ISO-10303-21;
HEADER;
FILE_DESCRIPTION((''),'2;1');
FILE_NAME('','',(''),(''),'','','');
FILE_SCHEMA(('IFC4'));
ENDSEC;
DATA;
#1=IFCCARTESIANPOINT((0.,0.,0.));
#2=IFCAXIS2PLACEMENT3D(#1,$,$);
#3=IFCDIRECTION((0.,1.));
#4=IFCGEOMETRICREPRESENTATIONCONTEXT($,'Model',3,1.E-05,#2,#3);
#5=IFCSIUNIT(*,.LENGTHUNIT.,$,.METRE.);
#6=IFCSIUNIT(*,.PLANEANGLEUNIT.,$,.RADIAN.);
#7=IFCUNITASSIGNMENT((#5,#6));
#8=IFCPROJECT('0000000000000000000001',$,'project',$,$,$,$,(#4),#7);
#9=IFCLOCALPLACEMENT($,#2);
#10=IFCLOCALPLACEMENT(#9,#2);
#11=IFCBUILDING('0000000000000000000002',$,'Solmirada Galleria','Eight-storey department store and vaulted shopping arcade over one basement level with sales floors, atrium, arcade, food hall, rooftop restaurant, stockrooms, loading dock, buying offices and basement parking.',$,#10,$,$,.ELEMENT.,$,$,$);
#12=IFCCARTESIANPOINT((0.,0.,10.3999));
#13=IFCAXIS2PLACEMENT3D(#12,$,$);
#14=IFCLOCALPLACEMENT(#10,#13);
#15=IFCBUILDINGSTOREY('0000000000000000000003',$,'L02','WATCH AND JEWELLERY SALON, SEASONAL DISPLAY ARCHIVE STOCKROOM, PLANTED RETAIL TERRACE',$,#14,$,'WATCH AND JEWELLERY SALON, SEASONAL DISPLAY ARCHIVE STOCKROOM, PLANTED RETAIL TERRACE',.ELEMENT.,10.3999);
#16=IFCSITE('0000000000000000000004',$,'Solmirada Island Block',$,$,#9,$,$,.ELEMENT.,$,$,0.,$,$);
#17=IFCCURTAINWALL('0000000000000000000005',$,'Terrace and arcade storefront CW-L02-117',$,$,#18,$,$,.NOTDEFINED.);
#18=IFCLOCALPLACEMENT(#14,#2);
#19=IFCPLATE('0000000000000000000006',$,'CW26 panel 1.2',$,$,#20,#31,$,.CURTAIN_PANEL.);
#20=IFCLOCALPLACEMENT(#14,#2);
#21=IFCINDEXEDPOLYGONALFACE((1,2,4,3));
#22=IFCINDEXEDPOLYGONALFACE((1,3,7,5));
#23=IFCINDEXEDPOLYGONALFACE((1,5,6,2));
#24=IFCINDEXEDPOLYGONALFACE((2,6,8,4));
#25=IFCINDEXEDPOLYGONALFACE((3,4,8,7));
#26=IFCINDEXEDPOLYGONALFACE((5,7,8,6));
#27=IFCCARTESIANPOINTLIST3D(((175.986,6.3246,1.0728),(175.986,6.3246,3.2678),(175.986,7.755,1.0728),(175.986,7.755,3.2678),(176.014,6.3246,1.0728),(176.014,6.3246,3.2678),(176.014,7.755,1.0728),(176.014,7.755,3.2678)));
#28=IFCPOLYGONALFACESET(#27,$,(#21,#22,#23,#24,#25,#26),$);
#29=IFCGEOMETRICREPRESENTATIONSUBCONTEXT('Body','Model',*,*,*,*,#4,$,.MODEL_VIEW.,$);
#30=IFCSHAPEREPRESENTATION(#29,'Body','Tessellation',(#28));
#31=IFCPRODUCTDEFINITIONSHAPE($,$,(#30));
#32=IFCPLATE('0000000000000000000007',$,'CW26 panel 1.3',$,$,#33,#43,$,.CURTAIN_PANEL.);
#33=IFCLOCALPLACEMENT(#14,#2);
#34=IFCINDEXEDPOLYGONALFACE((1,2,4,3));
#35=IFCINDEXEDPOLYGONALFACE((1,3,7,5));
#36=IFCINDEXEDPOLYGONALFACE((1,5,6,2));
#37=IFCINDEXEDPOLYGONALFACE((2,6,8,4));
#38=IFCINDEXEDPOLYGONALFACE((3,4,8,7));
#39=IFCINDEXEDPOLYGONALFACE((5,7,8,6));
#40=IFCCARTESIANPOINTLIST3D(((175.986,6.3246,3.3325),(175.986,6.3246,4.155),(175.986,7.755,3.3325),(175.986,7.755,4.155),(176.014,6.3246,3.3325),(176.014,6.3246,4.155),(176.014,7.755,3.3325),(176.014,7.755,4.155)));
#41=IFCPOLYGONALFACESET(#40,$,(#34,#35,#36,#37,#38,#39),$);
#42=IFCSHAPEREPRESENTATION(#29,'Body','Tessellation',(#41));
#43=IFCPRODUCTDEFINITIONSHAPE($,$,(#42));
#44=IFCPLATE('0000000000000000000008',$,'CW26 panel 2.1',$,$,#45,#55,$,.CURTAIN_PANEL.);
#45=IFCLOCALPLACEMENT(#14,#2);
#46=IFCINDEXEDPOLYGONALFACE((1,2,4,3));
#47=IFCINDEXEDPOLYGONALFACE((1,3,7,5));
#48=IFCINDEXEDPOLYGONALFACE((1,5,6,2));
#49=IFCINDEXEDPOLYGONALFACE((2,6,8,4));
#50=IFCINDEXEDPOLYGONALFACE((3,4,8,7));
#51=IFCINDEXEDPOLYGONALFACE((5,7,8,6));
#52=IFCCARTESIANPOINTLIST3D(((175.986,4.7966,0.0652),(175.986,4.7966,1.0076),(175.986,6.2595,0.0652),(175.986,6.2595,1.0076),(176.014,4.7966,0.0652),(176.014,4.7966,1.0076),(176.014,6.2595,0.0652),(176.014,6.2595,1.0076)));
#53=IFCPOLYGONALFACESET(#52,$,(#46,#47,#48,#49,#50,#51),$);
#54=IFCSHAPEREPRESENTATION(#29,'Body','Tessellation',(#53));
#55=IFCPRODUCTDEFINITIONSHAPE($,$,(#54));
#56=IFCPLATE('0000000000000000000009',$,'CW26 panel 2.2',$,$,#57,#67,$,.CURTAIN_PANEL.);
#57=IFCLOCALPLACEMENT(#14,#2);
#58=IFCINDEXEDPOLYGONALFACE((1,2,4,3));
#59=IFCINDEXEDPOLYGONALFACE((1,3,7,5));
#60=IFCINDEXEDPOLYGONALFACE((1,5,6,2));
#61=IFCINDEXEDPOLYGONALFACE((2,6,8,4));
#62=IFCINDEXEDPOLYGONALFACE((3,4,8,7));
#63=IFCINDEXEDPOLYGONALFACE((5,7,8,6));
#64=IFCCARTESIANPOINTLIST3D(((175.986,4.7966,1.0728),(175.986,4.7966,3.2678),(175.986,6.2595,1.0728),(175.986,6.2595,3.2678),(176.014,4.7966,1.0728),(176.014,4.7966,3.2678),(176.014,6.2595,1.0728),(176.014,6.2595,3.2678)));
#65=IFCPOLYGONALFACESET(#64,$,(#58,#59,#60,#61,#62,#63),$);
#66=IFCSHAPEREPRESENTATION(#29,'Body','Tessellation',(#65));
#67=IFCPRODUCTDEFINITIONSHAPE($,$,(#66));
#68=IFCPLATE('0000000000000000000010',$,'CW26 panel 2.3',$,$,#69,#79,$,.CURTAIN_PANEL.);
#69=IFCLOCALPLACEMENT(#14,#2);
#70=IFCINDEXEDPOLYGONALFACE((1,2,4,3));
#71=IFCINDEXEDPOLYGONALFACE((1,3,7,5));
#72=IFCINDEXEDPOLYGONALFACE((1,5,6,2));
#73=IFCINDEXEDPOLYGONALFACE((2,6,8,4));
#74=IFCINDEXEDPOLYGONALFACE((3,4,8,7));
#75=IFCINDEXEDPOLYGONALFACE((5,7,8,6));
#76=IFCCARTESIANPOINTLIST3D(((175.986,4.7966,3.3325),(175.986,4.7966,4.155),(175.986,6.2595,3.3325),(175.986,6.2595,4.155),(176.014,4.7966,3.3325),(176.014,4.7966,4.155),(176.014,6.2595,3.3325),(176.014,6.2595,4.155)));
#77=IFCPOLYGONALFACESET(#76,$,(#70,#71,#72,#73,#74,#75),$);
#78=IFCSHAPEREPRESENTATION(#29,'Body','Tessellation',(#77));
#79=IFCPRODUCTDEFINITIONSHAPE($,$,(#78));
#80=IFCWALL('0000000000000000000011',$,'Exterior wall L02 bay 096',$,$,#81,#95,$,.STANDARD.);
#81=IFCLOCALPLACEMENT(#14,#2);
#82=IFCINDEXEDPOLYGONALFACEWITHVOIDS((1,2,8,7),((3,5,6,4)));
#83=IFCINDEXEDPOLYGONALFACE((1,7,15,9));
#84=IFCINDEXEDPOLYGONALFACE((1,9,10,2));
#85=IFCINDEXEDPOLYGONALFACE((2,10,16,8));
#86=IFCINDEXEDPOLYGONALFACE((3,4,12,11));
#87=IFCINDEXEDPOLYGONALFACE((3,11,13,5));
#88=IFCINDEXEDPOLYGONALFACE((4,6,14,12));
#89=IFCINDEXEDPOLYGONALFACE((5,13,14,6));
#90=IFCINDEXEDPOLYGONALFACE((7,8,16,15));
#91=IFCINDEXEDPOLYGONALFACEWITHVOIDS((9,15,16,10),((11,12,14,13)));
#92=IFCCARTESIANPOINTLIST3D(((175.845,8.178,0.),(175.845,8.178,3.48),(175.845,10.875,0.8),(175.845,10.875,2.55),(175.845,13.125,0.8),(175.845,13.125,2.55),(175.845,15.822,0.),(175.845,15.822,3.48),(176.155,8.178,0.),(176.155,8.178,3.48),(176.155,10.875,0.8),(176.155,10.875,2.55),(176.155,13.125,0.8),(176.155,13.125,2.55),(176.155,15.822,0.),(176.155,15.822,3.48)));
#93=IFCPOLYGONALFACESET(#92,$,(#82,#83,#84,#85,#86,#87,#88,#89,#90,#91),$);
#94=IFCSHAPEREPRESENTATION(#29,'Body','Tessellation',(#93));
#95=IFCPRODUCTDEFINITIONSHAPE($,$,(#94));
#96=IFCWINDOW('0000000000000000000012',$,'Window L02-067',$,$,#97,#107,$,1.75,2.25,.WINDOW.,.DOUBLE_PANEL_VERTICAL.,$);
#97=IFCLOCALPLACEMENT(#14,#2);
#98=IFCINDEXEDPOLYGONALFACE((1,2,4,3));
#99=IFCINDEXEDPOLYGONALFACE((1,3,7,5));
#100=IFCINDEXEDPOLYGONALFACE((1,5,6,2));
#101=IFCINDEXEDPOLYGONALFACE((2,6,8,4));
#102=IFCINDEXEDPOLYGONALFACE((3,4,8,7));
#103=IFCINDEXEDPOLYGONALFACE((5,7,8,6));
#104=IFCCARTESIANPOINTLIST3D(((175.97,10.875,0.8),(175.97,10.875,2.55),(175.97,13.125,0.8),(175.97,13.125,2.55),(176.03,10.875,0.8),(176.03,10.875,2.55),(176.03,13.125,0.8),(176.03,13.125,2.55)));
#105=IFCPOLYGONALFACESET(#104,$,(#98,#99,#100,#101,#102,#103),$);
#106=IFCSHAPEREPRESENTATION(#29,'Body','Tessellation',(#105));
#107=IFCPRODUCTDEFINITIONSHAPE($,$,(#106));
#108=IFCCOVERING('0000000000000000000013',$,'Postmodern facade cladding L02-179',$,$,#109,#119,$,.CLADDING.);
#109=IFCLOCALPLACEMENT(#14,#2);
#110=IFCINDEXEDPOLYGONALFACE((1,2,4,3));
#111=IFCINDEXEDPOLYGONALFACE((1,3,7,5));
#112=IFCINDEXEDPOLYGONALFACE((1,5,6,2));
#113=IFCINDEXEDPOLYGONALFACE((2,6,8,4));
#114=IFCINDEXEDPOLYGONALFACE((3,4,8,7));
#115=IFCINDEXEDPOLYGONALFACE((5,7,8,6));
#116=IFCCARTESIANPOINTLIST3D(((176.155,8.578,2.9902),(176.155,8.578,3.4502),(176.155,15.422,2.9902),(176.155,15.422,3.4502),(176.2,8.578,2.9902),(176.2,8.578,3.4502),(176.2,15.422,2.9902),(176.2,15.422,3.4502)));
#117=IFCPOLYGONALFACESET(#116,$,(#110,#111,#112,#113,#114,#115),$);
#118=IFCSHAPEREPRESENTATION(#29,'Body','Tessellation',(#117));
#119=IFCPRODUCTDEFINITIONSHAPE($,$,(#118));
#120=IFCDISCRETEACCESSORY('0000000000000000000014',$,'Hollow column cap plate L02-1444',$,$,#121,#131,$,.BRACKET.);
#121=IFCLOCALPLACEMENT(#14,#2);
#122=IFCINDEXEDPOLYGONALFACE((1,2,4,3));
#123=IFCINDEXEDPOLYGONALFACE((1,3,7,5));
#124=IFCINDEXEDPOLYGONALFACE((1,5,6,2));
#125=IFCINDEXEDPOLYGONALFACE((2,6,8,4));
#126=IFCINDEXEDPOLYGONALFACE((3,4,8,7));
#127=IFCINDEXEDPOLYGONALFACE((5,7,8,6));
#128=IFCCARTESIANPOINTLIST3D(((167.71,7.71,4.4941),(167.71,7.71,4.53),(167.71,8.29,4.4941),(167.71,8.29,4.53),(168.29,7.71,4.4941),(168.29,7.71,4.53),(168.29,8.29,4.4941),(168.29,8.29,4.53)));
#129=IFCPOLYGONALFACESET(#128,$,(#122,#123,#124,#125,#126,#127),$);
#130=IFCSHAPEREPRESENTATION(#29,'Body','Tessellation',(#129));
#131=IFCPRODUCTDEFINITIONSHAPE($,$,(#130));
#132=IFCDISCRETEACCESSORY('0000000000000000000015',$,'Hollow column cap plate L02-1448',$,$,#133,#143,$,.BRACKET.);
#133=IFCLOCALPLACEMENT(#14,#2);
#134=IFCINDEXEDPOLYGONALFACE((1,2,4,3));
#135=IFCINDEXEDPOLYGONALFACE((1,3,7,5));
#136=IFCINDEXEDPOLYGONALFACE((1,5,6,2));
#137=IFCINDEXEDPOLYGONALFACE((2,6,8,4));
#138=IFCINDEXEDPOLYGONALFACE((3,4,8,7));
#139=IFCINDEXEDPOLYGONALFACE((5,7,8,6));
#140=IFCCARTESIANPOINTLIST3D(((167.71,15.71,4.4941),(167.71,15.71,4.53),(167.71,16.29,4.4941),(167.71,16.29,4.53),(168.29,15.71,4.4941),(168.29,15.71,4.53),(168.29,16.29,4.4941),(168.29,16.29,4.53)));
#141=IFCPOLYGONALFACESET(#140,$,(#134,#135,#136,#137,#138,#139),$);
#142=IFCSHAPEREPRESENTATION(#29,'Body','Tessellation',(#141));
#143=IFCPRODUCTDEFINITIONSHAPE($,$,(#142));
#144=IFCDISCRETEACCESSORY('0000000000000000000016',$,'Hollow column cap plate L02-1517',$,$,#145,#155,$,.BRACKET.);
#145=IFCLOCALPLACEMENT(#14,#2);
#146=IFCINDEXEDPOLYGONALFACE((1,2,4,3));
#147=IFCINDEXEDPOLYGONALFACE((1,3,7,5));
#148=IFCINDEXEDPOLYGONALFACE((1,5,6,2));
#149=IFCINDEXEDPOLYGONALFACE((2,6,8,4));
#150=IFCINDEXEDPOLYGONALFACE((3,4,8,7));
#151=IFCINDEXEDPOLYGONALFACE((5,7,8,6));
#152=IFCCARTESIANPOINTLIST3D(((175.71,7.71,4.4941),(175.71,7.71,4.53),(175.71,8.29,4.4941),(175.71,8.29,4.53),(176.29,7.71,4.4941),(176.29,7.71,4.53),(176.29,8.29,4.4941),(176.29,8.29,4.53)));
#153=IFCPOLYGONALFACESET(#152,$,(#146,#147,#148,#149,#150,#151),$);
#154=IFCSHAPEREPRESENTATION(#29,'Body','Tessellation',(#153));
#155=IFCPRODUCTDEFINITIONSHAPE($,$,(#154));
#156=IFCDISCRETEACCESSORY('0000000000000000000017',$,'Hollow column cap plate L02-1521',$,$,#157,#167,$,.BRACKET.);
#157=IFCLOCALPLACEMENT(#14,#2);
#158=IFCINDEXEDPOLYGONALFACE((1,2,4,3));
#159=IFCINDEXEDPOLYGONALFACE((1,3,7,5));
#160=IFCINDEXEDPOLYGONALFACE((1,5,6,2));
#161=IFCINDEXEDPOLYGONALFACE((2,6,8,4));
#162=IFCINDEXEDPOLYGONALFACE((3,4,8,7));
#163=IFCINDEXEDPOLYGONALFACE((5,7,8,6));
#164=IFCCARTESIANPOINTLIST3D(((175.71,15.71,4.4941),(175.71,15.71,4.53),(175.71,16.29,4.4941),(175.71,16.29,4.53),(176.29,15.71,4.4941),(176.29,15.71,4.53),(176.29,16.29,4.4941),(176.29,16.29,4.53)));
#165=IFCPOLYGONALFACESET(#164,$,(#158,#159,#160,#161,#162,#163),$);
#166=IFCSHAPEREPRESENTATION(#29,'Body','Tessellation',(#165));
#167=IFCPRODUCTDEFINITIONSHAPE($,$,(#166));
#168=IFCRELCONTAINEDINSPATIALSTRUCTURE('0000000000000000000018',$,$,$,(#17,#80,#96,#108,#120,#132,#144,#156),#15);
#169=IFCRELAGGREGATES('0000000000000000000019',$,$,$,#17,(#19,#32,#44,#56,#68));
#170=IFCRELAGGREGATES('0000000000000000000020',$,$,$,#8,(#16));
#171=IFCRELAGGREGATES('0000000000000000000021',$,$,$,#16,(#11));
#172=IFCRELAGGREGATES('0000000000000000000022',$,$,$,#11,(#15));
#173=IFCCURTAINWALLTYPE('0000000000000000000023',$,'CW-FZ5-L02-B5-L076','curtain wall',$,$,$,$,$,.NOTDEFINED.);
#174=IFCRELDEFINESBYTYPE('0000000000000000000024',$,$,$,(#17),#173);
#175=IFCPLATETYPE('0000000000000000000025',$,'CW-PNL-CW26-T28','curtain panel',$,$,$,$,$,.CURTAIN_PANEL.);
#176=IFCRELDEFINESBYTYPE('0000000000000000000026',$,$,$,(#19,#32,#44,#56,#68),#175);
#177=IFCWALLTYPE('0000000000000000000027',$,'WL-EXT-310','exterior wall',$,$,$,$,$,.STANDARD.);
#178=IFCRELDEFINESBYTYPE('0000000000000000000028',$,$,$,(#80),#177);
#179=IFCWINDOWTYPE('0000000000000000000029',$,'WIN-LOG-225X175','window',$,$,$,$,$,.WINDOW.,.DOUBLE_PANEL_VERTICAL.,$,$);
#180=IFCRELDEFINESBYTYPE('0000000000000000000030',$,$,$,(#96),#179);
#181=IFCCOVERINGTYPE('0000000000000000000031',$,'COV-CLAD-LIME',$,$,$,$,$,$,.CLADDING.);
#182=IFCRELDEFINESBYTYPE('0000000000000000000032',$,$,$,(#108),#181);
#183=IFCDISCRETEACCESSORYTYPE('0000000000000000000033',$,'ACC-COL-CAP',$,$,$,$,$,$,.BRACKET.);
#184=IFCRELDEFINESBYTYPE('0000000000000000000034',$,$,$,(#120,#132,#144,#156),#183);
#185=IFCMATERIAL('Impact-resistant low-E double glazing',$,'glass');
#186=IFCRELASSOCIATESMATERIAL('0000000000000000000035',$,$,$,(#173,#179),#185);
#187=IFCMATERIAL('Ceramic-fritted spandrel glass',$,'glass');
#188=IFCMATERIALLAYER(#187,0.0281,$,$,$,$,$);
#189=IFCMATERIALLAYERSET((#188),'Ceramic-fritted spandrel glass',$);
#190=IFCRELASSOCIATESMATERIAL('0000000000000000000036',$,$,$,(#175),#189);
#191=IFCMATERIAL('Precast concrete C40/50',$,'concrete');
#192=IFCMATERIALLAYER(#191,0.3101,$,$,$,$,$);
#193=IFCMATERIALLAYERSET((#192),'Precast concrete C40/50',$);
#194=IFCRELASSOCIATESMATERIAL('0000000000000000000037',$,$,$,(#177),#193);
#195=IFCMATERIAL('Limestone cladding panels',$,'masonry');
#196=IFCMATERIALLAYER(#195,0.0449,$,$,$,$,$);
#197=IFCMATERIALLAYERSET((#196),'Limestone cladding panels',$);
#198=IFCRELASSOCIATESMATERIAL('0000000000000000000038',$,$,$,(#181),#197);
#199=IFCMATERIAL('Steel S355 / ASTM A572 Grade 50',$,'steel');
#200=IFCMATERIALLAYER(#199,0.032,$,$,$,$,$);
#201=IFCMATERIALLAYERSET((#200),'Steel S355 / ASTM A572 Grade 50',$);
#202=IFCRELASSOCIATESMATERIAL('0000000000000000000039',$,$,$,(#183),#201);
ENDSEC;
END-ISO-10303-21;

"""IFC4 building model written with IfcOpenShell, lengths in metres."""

from ifc_helpers import new_model, si_unit, direction, frame, frame_2d, origin, origin_2d, place, context, subcontext, project, spatial, rectangle, extrude, material, layer, layer_set, type_object, element, fill, aggregate, save


model = new_model("IFC4")

# Units and contexts
model_context = context("Model", 3, precision=1e-05, world=origin(), true_north=direction((0.0, 1.0)))
body_context = subcontext(model_context, "Body", "Model", "MODEL_VIEW")
ifc_project = project(units=[si_unit("LENGTHUNIT", "METRE"), si_unit("PLANEANGLEUNIT", "RADIAN")], contexts=[model_context])

# Site, building, storey
site_placement = place(None, origin())
site = spatial("IfcSite", under=ifc_project, at=site_placement, Name="Solmirada Island Block", CompositionType="ELEMENT", RefElevation=0.0)
building_placement = place(site_placement, origin())
building = spatial("IfcBuilding", under=site, at=building_placement, Name="Solmirada Galleria", Description="Eight-storey department store and vaulted shopping arcade over one basement level with sales floors, atrium, arcade, food hall, rooftop restaurant, stockrooms, loading dock, buying offices and basement parking.", CompositionType="ELEMENT")
storey_placement = place(building_placement, frame((0.0, 0.0, 10.3999)))
storey = spatial("IfcBuildingStorey", under=building, at=storey_placement, Name="L02", Description="WATCH AND JEWELLERY SALON, SEASONAL DISPLAY ARCHIVE STOCKROOM, PLANTED RETAIL TERRACE", LongName="WATCH AND JEWELLERY SALON, SEASONAL DISPLAY ARCHIVE STOCKROOM, PLANTED RETAIL TERRACE", CompositionType="ELEMENT", Elevation=10.3999)

# Shared definitions
ifc_material_1 = material(Name="Impact-resistant low-E double glazing", Category="glass")
curtain_wall_type = type_object("IfcCurtainWallType", Name="CW-FZ5-L02-B5-L076", Description="curtain wall", PredefinedType="NOTDEFINED", material=ifc_material_1)

# Curtain wall
curtain_wall_1_placement = place(storey_placement, origin())
curtain_wall_1 = element("IfcCurtainWall", 1, at=curtain_wall_1_placement, inside=storey, type_object=curtain_wall_type, Name="Terrace and arcade storefront CW-L02-117", PredefinedType="NOTDEFINED")

# Plates
ifc_material_2 = material(Name="Ceramic-fritted spandrel glass", Category="glass")
ifc_layer_1 = layer(ifc_material_2, 0.0281)
ifc_layer_set_1 = layer_set([ifc_layer_1], Name="Ceramic-fritted spandrel glass")
plate_type = type_object("IfcPlateType", Name="CW-PNL-CW26-T28", Description="curtain panel", PredefinedType="CURTAIN_PANEL", material=ifc_layer_set_1)
plate_1_placement = place(storey_placement, frame((176.0, 7.0398, 1.0728), z_axis=(0.0, 0.0, 1.0), x_axis=(0.0, -1.0, 0.0)))
plate_1 = element("IfcPlate", 2, at=plate_1_placement, type_object=plate_type, Name="CW26 panel 1.2", PredefinedType="CURTAIN_PANEL", context=body_context, shape_type="SweptSolid", body=[
    extrude(rectangle(XDim=1.4304, YDim=0.0281, at=origin_2d()), origin(), (0.0, 0.0, 1.0), 2.1951),
])
plate_2_placement = place(storey_placement, frame((176.0, 7.0398, 3.3325), z_axis=(0.0, 0.0, 1.0), x_axis=(0.0, -1.0, 0.0)))
plate_2 = element("IfcPlate", 3, at=plate_2_placement, type_object=plate_type, Name="CW26 panel 1.3", PredefinedType="CURTAIN_PANEL", context=body_context, shape_type="SweptSolid", body=[
    extrude(rectangle(XDim=1.4304, YDim=0.0281, at=origin_2d()), origin(), (0.0, 0.0, 1.0), 0.8225),
])
plate_3_placement = place(storey_placement, frame((176.0, 5.5281, 0.0652), z_axis=(0.0, 0.0, 1.0), x_axis=(0.0, -1.0, 0.0)))
plate_3 = element("IfcPlate", 4, at=plate_3_placement, type_object=plate_type, Name="CW26 panel 2.1", PredefinedType="CURTAIN_PANEL", context=body_context, shape_type="SweptSolid", body=[
    extrude(rectangle(XDim=1.4629, YDim=0.0281, at=origin_2d()), origin(), (0.0, 0.0, 1.0), 0.9424),
])
plate_4_placement = place(storey_placement, frame((176.0, 5.5281, 1.0728), z_axis=(0.0, 0.0, 1.0), x_axis=(0.0, -1.0, 0.0)))
plate_4 = element("IfcPlate", 5, at=plate_4_placement, type_object=plate_type, Name="CW26 panel 2.2", PredefinedType="CURTAIN_PANEL", context=body_context, shape_type="SweptSolid", body=[
    extrude(rectangle(XDim=1.4629, YDim=0.0281, at=origin_2d()), origin(), (0.0, 0.0, 1.0), 2.1951),
])
plate_5_placement = place(storey_placement, frame((176.0, 5.5281, 3.3325), z_axis=(0.0, 0.0, 1.0), x_axis=(0.0, -1.0, 0.0)))
plate_5 = element("IfcPlate", 6, at=plate_5_placement, type_object=plate_type, Name="CW26 panel 2.3", PredefinedType="CURTAIN_PANEL", context=body_context, shape_type="SweptSolid", body=[
    extrude(rectangle(XDim=1.4629, YDim=0.0281, at=origin_2d()), origin(), (0.0, 0.0, 1.0), 0.8225),
])
aggregate(curtain_wall_1, [plate_1, plate_2, plate_3, plate_4, plate_5])

# Wall, opening, window
ifc_material_3 = material(Name="Precast concrete C40/50", Category="concrete")
ifc_layer_2 = layer(ifc_material_3, 0.3101)
ifc_layer_set_2 = layer_set([ifc_layer_2], Name="Precast concrete C40/50")
wall_type = type_object("IfcWallType", Name="WL-EXT-310", Description="exterior wall", PredefinedType="STANDARD", material=ifc_layer_set_2)
wall_placement = place(storey_placement, frame((176.0, 15.822, 0.0), z_axis=(0.0, 0.0, 1.0), x_axis=(0.0, -1.0, 0.0)))
wall = element("IfcWall", 7, at=wall_placement, inside=storey, type_object=wall_type, Name="Exterior wall L02 bay 096", PredefinedType="STANDARD", context=body_context, shape_type="SweptSolid", body=[
    extrude(rectangle(XDim=7.644, YDim=0.3101, at=frame_2d((3.822, 0.0))), origin(), (0.0, 0.0, 1.0), 3.48),
])
opening_placement = place(wall_placement, frame((2.697, 0.0, 0.8)))
opening = element("IfcOpeningElement", 8, at=opening_placement, cuts=wall, PredefinedType="OPENING", context=body_context, shape_type="SweptSolid", body=[
    extrude(rectangle(XDim=2.25, YDim=1.75, at=frame_2d((1.125, 0.875))), frame((0.0, 0.165, 0.0), z_axis=(0.0, -1.0, 0.0), x_axis=(1.0, 0.0, 0.0)), (0.0, 0.0, 1.0), 0.3301),
])
window_type = type_object("IfcWindowType", Name="WIN-LOG-225X175", Description="window", PartitioningType="DOUBLE_PANEL_VERTICAL", PredefinedType="WINDOW", material=ifc_material_1)
window_placement = place(opening_placement, origin())
window = element("IfcWindow", 9, at=window_placement, inside=storey, type_object=window_type, Name="Window L02-067", OverallHeight=1.75, OverallWidth=2.25, PartitioningType="DOUBLE_PANEL_VERTICAL", PredefinedType="WINDOW", context=body_context, shape_type="SweptSolid", body=[
    extrude(rectangle(XDim=2.25, YDim=1.75, at=frame_2d((1.125, 0.875))), frame((0.0, 0.03, 0.0), z_axis=(0.0, -1.0, 0.0), x_axis=(1.0, 0.0, 0.0)), (0.0, 0.0, 1.0), 0.0601),
])
fill(opening, window)

# Covering
ifc_material_4 = material(Name="Limestone cladding panels", Category="masonry")
ifc_layer_3 = layer(ifc_material_4, 0.0449)
ifc_layer_set_3 = layer_set([ifc_layer_3], Name="Limestone cladding panels")
covering_type = type_object("IfcCoveringType", Name="COV-CLAD-LIME", PredefinedType="CLADDING", material=ifc_layer_set_3)
covering_placement = place(storey_placement, frame((176.1775, 12.0, 2.9902), z_axis=(0.0, 0.0, 1.0), x_axis=(0.0, -1.0, 0.0)))
element("IfcCovering", 10, at=covering_placement, inside=storey, type_object=covering_type, Name="Postmodern facade cladding L02-179", PredefinedType="CLADDING", context=body_context, shape_type="SweptSolid", body=[
    extrude(rectangle(XDim=6.844, YDim=0.0449, at=origin_2d()), origin(), (0.0, 0.0, 1.0), 0.46),
])

# Discrete accessories
ifc_material_5 = material(Name="Steel S355 / ASTM A572 Grade 50", Category="steel")
ifc_layer_4 = layer(ifc_material_5, 0.032)
ifc_layer_set_4 = layer_set([ifc_layer_4], Name="Steel S355 / ASTM A572 Grade 50")
discrete_accessory_type = type_object("IfcDiscreteAccessoryType", Name="ACC-COL-CAP", PredefinedType="BRACKET", material=ifc_layer_set_4)
for number, where, z_axis, x_axis, name in (
    (11, (168.0, 8.0, 4.4941), (0.0, 0.0, 1.0), (1.0, 0.0, 0.0), "Hollow column cap plate L02-1444"),
    (12, (168.0, 16.0, 4.4941), (0.0, 0.0, 1.0), (1.0, 0.0, 0.0), "Hollow column cap plate L02-1448"),
    (13, (176.0, 8.0, 4.4941), (0.0, 0.0, 1.0), (1.0, 0.0, 0.0), "Hollow column cap plate L02-1517"),
    (14, (176.0, 16.0, 4.4941), (0.0, 0.0, 1.0), (1.0, 0.0, 0.0), "Hollow column cap plate L02-1521"),
):
    element("IfcDiscreteAccessory", number, at=place(storey_placement, frame(where, z_axis=z_axis, x_axis=x_axis)), inside=storey, type_object=discrete_accessory_type, Name=name, PredefinedType="BRACKET", context=body_context, shape_type="SweptSolid", body=[
        extrude(rectangle(XDim=0.5801, YDim=0.5801, at=origin_2d()), origin(), (0.0, 0.0, 1.0), 0.0359),
    ])

save(model, "model.ifc")
